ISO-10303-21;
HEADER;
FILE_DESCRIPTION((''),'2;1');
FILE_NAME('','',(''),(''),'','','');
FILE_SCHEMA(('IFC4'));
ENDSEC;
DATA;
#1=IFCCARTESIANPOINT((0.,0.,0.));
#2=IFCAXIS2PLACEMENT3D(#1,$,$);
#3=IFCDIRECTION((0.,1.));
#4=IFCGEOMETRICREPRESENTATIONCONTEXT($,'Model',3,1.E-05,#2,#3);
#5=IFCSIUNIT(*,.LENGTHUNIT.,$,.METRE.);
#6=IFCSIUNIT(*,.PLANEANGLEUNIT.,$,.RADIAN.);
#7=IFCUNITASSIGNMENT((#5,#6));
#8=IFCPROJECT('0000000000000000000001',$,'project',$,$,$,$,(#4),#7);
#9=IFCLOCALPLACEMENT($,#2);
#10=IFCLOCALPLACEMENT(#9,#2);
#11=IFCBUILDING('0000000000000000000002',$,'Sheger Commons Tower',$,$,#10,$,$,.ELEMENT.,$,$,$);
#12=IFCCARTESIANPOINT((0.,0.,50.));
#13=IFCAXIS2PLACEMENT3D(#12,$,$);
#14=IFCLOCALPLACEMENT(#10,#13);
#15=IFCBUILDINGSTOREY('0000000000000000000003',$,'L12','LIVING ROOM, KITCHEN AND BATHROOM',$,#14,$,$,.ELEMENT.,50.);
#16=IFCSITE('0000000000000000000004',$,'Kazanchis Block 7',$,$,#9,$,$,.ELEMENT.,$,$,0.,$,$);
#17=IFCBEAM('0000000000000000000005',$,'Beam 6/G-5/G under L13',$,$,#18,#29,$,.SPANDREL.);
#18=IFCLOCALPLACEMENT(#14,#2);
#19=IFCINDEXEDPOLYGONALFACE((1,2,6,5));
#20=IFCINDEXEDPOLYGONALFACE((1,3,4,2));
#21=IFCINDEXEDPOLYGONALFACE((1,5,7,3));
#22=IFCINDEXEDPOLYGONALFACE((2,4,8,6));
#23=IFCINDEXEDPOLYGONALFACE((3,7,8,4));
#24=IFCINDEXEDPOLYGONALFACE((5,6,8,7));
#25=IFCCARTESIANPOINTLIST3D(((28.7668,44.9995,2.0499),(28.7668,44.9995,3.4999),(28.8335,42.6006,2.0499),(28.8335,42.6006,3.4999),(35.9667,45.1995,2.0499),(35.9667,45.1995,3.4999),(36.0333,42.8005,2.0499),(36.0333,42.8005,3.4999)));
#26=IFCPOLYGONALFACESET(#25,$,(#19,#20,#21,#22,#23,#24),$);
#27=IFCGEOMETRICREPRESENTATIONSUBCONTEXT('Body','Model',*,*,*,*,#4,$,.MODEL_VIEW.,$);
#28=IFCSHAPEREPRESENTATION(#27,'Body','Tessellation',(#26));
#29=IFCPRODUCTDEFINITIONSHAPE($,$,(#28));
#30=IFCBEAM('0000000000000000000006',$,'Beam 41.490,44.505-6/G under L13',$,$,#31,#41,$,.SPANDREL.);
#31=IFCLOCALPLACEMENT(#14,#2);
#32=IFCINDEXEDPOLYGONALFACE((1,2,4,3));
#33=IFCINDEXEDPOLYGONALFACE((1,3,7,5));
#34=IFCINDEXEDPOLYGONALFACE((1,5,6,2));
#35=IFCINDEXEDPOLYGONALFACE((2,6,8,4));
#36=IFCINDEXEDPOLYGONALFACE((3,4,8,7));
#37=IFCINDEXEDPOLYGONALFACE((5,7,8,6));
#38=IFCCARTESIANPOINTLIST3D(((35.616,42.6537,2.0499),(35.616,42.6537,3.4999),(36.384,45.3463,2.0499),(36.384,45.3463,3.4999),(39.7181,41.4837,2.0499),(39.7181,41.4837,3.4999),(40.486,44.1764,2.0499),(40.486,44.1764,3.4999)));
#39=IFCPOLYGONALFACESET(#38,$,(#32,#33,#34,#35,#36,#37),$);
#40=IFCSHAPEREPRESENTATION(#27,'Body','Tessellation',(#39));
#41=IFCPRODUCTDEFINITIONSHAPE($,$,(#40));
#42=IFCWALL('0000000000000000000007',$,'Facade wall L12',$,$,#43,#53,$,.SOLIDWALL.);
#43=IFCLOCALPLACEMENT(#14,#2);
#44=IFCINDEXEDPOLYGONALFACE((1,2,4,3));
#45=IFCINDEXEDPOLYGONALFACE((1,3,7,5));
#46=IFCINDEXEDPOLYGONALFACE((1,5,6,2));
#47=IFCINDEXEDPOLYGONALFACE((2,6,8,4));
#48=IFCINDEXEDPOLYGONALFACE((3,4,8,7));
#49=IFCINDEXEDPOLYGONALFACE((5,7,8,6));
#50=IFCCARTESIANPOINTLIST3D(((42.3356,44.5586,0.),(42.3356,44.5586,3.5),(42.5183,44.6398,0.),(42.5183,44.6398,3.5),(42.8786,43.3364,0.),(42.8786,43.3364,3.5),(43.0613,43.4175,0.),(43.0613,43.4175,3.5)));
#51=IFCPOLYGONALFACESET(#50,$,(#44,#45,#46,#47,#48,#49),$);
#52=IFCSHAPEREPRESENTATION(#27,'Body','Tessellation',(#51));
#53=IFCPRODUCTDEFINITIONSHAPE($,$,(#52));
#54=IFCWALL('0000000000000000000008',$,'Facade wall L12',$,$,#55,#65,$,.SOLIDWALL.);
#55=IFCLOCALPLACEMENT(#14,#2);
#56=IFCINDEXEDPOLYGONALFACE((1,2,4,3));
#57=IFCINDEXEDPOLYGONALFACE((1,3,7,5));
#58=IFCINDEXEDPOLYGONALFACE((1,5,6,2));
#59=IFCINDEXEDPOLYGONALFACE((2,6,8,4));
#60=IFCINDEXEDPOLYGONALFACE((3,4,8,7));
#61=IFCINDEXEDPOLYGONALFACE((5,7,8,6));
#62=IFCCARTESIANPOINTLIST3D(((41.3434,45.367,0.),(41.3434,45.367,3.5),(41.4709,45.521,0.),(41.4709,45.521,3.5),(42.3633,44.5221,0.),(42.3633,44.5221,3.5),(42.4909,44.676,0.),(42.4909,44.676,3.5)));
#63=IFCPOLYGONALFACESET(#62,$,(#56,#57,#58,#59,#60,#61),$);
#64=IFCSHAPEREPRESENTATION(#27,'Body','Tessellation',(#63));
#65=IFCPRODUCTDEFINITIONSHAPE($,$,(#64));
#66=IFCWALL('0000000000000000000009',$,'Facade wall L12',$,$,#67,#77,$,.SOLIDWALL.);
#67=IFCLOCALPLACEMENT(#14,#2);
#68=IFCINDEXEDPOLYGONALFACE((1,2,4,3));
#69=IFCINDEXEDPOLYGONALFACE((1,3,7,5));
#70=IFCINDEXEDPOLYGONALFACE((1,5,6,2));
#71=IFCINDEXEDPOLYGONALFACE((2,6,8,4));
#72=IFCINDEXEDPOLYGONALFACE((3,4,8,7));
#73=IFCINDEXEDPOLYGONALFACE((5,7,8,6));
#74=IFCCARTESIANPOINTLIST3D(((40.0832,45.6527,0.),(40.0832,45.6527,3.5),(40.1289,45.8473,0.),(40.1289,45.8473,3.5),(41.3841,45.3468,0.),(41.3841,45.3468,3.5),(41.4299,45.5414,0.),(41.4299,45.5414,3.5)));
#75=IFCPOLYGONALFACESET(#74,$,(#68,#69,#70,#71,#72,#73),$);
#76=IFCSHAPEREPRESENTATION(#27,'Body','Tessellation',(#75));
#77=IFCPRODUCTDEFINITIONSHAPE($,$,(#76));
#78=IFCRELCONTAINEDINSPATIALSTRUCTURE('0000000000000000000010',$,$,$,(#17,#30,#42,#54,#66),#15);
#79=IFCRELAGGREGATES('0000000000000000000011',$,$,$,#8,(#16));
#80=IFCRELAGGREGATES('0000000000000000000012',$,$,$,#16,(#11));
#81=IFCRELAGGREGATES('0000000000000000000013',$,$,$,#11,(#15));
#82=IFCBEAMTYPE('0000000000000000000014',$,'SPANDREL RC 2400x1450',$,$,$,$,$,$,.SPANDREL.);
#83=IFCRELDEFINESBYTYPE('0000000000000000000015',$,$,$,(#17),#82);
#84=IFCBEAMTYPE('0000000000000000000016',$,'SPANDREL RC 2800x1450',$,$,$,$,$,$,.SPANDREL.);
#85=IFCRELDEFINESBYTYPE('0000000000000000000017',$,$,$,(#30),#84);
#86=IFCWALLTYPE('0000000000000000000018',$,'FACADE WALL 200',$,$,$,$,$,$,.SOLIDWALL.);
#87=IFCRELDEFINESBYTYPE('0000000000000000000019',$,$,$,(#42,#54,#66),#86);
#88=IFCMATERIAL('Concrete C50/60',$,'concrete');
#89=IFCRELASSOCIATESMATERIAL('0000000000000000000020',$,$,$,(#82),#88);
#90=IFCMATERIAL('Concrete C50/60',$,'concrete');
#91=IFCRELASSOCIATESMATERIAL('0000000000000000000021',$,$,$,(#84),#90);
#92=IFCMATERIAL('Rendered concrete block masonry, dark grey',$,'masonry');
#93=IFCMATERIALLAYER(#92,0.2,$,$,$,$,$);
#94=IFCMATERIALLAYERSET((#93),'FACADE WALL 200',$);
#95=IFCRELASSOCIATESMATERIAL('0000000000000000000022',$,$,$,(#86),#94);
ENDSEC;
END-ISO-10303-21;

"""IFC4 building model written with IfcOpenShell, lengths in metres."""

from ifc_helpers import new_model, si_unit, direction, frame, frame_2d, origin, origin_2d, place, context, subcontext, project, spatial, rectangle, extrude, material, layer, layer_set, material_profile, profile_set, type_object, element, save


model = new_model("IFC4")

# Units and contexts
model_context = context("Model", 3, precision=1e-05, world=origin(), true_north=direction((0.0, 1.0)))
body_context = subcontext(model_context, "Body", "Model", "MODEL_VIEW")
ifc_project = project(units=[si_unit("LENGTHUNIT", "METRE"), si_unit("PLANEANGLEUNIT", "RADIAN")], contexts=[model_context])

# Site, building, storey
site_placement = place(None, origin())
site = spatial("IfcSite", under=ifc_project, at=site_placement, Name="Kazanchis Block 7", CompositionType="ELEMENT", RefElevation=0.0)
building_placement = place(site_placement, origin())
building = spatial("IfcBuilding", under=site, at=building_placement, Name="Sheger Commons Tower", CompositionType="ELEMENT")
storey_placement = place(building_placement, frame((0.0, 0.0, 50.0)))
storey = spatial("IfcBuildingStorey", under=building, at=storey_placement, Name="L12", Description="LIVING ROOM, KITCHEN AND BATHROOM", CompositionType="ELEMENT", Elevation=50.0)

# Beams
ifc_material_1 = material(Name="Concrete C50/60", Category="concrete")
ifc_material_profile_1 = material_profile(ifc_material_1, rectangle(XDim=2.3999, YDim=1.45, at=origin_2d()), Name="RC 2400x1450")
ifc_profile_set_1 = profile_set([ifc_material_profile_1], Name="Concrete C50/60")
beam_type_1 = type_object("IfcBeamType", Name="SPANDREL RC 2400x1450", PredefinedType="SPANDREL", material=ifc_profile_set_1)
beam_1_placement = place(storey_placement, frame((36.0, 44.0, 2.7749), z_axis=(-0.999615, -0.02776, 0.0), x_axis=(0.02776, -0.999615, 0.0)))
element("IfcBeam", 1, at=beam_1_placement, inside=storey, type_object=beam_type_1, Name="Beam 6/G-5/G under L13", PredefinedType="SPANDREL", context=body_context, shape_type="SweptSolid", body=[
    extrude(rectangle(XDim=2.3999, YDim=1.45, at=origin_2d()), origin(), (0.0, 0.0, 1.0), 7.2026),
])
ifc_material_2 = material(Name="Concrete C50/60", Category="concrete")
ifc_material_profile_2 = material_profile(ifc_material_2, rectangle(XDim=2.8, YDim=1.45, at=origin_2d()), Name="RC 2800x1450")
ifc_profile_set_2 = profile_set([ifc_material_profile_2], Name="Concrete C50/60")
beam_type_2 = type_object("IfcBeamType", Name="SPANDREL RC 2800x1450", PredefinedType="SPANDREL", material=ifc_profile_set_2)
beam_2_placement = place(storey_placement, frame((40.1021, 42.8301, 2.7749), z_axis=(-0.961653, 0.274268, 0.0), x_axis=(-0.274268, -0.961653, 0.0)))
element("IfcBeam", 2, at=beam_2_placement, inside=storey, type_object=beam_type_2, Name="Beam 41.490,44.505-6/G under L13", PredefinedType="SPANDREL", context=body_context, shape_type="SweptSolid", body=[
    extrude(rectangle(XDim=2.8, YDim=1.45, at=origin_2d()), origin(), (0.0, 0.0, 1.0), 4.2656),
])

# Walls
ifc_material_3 = material(Name="Rendered concrete block masonry, dark grey", Category="masonry")
ifc_layer_1 = layer(ifc_material_3, 0.2)
ifc_layer_set_1 = layer_set([ifc_layer_1], Name="FACADE WALL 200")
wall_type_1 = type_object("IfcWallType", Name="FACADE WALL 200", PredefinedType="SOLIDWALL", material=ifc_layer_set_1)
wall_1_placement = place(storey_placement, frame((42.97, 43.377, 0.0), z_axis=(0.0, 0.0, 1.0), x_axis=(-0.406003, 0.913872, 0.0)))
element("IfcWall", 3, at=wall_1_placement, inside=storey, type_object=wall_type_1, Name="Facade wall L12", PredefinedType="SOLIDWALL", context=body_context, shape_type="SweptSolid", body=[
    extrude(rectangle(XDim=1.3374, YDim=0.2, at=frame_2d((0.6687, 0.0))), origin(), (0.0, 0.0, 1.0), 3.5),
])
wall_2_placement = place(storey_placement, frame((42.427, 44.5991, 0.0), z_axis=(0.0, 0.0, 1.0), x_axis=(-0.770091, 0.637934, 0.0)))
element("IfcWall", 4, at=wall_2_placement, inside=storey, type_object=wall_type_1, Name="Facade wall L12", PredefinedType="SOLIDWALL", context=body_context, shape_type="SweptSolid", body=[
    extrude(rectangle(XDim=1.3245, YDim=0.2, at=frame_2d((0.6621, 0.0))), origin(), (0.0, 0.0, 1.0), 3.5),
])
wall_3_placement = place(storey_placement, frame((41.407, 45.4441, 0.0), z_axis=(0.0, 0.0, 1.0), x_axis=(-0.973453, 0.228887, 0.0)))
element("IfcWall", 5, at=wall_3_placement, inside=storey, type_object=wall_type_1, Name="Facade wall L12", PredefinedType="SOLIDWALL", context=body_context, shape_type="SweptSolid", body=[
    extrude(rectangle(XDim=1.3364, YDim=0.2, at=frame_2d((0.6682, 0.0))), origin(), (0.0, 0.0, 1.0), 3.5),
])

save(model, "model.ifc")
